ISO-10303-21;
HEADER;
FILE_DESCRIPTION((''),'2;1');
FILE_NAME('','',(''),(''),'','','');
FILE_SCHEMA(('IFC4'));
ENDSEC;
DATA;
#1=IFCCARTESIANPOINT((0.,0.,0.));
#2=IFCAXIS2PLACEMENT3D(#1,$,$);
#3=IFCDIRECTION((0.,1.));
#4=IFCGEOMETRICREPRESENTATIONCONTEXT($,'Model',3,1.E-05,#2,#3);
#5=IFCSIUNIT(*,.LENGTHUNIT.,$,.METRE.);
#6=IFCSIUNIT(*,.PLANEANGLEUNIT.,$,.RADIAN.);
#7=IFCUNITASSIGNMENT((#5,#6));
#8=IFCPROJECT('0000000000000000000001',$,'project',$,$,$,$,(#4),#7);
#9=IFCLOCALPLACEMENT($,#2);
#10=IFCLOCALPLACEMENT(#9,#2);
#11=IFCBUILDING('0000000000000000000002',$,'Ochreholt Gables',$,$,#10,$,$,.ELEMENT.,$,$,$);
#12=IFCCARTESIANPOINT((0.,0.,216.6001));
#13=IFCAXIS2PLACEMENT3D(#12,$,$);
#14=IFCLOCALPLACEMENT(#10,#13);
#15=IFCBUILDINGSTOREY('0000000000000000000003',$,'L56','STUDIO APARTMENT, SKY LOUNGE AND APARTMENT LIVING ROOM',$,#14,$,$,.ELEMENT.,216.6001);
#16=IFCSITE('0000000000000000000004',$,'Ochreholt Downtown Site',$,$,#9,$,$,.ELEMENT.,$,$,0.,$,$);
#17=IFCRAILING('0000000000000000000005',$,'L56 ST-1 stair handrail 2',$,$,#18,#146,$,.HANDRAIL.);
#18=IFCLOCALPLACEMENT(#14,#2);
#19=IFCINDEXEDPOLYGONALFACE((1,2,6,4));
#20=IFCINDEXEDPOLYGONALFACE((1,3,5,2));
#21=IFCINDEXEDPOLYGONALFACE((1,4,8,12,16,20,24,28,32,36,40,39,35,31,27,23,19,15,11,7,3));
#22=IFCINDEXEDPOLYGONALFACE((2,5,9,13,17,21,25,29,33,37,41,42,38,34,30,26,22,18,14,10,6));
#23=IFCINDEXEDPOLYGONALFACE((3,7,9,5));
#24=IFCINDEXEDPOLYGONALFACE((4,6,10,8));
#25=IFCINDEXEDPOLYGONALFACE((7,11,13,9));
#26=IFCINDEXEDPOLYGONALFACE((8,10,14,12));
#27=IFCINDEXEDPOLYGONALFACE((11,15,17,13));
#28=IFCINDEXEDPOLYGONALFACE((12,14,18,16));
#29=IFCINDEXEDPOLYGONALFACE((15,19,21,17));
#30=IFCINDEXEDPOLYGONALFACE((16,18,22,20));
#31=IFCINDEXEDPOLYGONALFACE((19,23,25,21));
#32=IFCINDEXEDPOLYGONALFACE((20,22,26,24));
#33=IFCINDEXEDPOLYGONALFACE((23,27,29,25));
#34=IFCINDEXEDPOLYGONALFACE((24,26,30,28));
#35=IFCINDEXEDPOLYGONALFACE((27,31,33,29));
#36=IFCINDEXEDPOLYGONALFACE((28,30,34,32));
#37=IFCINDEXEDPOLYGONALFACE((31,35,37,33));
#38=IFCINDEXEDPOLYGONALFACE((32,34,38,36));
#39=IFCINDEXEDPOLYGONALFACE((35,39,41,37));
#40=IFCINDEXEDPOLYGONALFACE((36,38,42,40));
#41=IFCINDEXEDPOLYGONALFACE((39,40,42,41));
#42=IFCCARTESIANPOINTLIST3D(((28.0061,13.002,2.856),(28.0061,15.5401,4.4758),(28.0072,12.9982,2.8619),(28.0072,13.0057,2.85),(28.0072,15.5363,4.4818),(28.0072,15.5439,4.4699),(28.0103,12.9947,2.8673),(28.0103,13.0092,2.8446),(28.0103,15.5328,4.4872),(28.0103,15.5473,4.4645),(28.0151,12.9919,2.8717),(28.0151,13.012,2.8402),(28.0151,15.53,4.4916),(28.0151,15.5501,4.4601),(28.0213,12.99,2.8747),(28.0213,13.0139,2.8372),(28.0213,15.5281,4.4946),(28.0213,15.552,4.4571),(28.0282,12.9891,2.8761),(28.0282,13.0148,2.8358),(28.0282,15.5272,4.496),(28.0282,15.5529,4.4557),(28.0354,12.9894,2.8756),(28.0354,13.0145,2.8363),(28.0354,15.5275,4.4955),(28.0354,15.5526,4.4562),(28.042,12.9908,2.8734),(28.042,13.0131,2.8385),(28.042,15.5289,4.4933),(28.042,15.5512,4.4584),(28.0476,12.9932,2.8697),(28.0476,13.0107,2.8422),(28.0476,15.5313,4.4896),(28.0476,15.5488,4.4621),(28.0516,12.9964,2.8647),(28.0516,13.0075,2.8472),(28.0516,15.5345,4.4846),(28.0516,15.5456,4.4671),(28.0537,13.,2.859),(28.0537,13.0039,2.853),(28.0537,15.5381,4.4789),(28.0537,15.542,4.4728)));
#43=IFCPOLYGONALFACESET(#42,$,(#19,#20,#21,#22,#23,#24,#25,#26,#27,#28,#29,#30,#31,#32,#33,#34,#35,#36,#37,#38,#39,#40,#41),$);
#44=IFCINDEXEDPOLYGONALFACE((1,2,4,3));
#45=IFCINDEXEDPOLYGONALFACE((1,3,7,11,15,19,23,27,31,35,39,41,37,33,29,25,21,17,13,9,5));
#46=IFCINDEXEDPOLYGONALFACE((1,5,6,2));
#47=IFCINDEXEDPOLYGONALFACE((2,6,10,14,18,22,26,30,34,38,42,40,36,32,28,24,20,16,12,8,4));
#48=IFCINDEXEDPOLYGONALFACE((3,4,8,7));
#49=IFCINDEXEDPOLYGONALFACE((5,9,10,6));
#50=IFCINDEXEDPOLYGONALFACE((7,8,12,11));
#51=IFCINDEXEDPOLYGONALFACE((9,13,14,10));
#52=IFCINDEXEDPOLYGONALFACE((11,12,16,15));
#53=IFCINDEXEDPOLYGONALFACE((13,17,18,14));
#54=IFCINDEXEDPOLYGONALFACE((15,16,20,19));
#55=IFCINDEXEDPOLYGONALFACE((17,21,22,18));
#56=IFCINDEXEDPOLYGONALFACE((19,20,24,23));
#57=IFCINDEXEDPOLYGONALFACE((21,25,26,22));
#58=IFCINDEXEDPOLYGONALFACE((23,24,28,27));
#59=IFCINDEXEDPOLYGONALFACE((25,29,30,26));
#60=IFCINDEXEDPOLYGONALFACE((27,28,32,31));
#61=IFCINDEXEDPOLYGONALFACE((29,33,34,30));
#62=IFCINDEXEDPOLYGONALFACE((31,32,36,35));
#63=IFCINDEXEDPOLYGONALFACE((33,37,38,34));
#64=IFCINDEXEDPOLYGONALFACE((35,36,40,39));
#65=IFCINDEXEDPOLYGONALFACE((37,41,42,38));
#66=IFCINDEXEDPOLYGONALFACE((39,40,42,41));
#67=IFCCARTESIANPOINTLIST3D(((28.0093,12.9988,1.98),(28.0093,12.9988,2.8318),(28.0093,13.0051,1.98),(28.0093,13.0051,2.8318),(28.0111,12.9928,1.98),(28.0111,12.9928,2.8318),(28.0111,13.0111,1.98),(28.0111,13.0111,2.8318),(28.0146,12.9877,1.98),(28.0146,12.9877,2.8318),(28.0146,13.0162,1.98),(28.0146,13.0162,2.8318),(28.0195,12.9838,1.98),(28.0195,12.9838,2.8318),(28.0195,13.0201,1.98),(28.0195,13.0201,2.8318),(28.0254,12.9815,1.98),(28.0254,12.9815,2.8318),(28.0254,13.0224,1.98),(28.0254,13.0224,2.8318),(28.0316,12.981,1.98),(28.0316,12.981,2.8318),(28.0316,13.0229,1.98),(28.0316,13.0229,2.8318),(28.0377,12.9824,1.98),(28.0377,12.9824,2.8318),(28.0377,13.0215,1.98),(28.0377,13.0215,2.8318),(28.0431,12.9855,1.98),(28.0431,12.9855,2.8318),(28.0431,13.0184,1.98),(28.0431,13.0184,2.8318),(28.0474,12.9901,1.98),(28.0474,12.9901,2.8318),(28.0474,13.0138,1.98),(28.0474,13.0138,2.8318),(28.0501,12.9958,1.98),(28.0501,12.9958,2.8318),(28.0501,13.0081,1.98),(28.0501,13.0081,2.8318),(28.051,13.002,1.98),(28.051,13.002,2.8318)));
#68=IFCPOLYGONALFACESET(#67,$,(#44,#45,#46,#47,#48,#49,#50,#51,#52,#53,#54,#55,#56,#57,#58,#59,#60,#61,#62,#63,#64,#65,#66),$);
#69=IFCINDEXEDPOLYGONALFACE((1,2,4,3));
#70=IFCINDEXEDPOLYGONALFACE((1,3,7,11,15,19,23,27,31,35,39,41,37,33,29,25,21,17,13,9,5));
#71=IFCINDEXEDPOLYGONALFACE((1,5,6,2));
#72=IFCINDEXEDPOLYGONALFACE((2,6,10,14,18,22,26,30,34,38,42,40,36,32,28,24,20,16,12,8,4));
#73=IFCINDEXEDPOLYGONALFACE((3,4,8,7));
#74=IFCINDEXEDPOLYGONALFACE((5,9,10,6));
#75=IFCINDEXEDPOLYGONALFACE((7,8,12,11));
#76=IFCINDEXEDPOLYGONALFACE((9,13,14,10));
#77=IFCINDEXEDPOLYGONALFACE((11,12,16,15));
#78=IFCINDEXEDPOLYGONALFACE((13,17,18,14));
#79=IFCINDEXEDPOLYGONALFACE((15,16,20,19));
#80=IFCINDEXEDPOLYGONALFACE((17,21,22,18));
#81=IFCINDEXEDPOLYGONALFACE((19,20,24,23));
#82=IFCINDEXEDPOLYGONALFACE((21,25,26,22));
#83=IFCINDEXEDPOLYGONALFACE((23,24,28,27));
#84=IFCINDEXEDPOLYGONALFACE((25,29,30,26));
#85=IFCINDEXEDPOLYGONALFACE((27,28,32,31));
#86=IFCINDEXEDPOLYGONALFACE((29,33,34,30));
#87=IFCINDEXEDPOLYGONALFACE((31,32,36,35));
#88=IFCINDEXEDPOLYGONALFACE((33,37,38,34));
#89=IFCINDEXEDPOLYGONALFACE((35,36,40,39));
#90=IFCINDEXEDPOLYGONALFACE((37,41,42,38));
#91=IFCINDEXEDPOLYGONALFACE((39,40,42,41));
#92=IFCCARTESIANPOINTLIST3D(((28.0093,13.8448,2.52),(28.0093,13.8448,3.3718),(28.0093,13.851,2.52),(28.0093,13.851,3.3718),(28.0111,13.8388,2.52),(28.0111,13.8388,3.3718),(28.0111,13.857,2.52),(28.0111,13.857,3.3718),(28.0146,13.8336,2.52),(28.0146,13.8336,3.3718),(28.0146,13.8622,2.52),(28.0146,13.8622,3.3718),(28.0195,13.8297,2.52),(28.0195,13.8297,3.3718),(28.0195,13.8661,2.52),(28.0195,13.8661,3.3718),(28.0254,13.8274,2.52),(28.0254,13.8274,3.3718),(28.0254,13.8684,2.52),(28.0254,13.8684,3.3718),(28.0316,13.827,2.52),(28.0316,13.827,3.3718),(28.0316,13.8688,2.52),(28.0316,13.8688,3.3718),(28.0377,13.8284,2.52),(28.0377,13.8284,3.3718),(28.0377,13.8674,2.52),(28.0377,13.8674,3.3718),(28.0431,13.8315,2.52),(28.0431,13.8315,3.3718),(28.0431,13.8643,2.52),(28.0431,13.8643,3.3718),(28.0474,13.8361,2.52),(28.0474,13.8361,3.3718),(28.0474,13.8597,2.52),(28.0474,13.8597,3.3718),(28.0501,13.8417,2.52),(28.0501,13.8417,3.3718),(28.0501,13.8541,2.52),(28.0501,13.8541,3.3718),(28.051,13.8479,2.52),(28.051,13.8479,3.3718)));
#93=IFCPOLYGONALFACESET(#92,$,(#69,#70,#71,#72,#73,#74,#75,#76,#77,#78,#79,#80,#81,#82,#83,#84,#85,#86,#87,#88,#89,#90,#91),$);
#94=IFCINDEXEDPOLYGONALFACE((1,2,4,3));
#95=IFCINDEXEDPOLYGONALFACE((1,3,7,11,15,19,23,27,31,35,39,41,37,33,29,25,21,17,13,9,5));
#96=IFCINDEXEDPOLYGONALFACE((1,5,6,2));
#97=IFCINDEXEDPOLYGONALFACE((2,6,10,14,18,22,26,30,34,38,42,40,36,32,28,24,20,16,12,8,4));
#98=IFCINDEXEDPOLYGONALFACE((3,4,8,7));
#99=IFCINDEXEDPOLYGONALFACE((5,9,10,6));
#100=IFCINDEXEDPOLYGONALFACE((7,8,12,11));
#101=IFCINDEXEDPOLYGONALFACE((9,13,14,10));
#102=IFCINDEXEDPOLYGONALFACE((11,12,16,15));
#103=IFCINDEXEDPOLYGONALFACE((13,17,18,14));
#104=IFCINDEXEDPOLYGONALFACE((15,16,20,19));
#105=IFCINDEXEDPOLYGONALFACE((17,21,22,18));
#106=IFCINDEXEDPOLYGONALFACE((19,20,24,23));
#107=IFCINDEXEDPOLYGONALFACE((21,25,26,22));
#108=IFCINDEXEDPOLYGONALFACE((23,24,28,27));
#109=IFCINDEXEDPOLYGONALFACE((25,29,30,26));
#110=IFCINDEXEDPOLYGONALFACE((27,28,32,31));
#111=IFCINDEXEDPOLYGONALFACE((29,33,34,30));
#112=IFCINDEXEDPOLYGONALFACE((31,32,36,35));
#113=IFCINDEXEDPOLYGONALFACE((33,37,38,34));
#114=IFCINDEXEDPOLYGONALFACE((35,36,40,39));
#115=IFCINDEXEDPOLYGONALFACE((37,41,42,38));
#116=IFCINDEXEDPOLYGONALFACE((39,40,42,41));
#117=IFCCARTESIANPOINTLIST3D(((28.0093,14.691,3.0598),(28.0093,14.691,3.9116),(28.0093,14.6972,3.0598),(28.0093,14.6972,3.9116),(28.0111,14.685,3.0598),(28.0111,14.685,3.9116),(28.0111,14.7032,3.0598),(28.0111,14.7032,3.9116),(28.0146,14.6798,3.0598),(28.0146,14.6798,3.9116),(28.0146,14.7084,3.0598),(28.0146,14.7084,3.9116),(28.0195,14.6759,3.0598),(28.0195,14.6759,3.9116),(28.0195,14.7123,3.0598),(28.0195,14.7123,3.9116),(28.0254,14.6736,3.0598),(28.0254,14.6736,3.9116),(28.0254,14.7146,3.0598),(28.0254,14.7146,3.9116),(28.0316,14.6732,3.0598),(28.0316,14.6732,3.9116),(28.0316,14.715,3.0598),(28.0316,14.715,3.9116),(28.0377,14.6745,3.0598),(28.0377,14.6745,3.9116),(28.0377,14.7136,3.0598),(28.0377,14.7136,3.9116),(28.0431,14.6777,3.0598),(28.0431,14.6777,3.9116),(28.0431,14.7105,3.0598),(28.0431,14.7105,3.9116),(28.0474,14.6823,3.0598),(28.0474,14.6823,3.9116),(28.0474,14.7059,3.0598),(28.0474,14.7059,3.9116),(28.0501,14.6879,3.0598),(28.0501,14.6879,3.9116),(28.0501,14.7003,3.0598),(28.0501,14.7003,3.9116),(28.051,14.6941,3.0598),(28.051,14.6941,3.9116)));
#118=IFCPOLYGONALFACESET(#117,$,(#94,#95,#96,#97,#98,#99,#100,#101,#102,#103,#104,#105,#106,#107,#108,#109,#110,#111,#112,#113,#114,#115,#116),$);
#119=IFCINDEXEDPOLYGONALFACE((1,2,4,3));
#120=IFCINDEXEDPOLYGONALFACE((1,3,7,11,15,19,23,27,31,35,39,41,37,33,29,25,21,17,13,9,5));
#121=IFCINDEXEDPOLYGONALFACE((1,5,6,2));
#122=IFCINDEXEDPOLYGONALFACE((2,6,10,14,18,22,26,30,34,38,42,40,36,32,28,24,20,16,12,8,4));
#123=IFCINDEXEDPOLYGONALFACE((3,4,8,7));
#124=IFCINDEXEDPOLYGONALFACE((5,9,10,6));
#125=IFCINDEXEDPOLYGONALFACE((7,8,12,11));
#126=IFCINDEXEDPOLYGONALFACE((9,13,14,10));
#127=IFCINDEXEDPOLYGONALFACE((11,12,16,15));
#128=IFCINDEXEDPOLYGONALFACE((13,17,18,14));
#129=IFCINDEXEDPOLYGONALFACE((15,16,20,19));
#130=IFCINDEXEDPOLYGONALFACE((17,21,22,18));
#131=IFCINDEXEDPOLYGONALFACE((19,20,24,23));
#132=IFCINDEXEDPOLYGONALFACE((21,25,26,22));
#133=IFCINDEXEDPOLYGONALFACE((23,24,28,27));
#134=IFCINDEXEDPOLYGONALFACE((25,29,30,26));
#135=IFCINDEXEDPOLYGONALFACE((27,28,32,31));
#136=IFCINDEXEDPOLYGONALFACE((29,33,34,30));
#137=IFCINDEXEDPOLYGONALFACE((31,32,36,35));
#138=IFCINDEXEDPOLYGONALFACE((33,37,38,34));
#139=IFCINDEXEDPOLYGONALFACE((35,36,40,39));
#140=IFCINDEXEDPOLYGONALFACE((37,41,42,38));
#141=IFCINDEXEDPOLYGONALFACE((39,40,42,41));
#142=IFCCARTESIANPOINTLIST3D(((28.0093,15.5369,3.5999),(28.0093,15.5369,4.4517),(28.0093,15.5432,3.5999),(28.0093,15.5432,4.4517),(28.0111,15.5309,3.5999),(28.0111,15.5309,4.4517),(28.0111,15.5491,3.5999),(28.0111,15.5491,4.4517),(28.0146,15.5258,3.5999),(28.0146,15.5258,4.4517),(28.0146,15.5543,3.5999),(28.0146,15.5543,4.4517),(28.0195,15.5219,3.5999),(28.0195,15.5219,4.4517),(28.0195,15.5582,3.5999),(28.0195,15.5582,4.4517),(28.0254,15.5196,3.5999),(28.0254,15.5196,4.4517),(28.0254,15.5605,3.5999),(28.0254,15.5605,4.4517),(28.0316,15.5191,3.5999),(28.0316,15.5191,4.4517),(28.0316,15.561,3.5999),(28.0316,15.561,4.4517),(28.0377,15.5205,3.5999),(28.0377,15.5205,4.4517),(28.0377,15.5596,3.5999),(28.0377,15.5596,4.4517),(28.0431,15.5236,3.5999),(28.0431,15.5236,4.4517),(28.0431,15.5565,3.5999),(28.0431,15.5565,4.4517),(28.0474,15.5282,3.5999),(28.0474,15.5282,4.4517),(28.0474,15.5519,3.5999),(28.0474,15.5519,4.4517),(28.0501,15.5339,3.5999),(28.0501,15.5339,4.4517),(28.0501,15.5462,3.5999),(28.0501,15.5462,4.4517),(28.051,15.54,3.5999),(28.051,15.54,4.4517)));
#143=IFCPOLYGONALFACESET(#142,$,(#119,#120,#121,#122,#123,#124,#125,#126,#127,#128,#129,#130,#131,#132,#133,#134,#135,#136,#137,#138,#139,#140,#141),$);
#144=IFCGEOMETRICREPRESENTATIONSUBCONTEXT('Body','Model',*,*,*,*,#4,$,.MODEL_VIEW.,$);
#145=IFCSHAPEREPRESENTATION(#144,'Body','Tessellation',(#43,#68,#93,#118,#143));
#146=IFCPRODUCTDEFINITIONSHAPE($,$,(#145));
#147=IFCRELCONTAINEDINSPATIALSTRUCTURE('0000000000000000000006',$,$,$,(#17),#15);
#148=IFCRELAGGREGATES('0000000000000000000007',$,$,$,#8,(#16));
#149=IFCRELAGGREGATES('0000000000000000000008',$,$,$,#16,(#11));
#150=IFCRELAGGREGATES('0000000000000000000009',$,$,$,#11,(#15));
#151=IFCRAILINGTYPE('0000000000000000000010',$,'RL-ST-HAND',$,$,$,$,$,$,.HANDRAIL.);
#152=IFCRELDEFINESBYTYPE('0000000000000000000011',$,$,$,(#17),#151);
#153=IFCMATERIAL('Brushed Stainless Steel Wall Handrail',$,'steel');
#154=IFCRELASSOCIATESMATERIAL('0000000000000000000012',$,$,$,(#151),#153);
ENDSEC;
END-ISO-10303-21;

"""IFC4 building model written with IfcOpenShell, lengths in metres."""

from ifc_helpers import new_model, si_unit, direction, frame, origin, origin_2d, place, context, subcontext, project, spatial, circle, extrude, material, type_object, element, save


model = new_model("IFC4")

# Units and contexts
model_context = context("Model", 3, precision=1e-05, world=origin(), true_north=direction((0.0, 1.0)))
body_context = subcontext(model_context, "Body", "Model", "MODEL_VIEW")
ifc_project = project(units=[si_unit("LENGTHUNIT", "METRE"), si_unit("PLANEANGLEUNIT", "RADIAN")], contexts=[model_context])

# Site, building, storey
site_placement = place(None, origin())
site = spatial("IfcSite", under=ifc_project, at=site_placement, Name="Ochreholt Downtown Site", CompositionType="ELEMENT", RefElevation=0.0)
building_placement = place(site_placement, origin())
building = spatial("IfcBuilding", under=site, at=building_placement, Name="Ochreholt Gables", CompositionType="ELEMENT")
storey_placement = place(building_placement, frame((0.0, 0.0, 216.6001)))
storey = spatial("IfcBuildingStorey", under=building, at=storey_placement, Name="L56", Description="STUDIO APARTMENT, SKY LOUNGE AND APARTMENT LIVING ROOM", CompositionType="ELEMENT", Elevation=216.6001)

# Railing
ifc_material_1 = material(Name="Brushed Stainless Steel Wall Handrail", Category="steel")
railing_type_1 = type_object("IfcRailingType", Name="RL-ST-HAND", PredefinedType="HANDRAIL", material=ifc_material_1)
railing_1_placement = place(storey_placement, frame((28.03, 13.002, 1.98)))
element("IfcRailing", 1, at=railing_1_placement, inside=storey, type_object=railing_type_1, Name="L56 ST-1 stair handrail 2", PredefinedType="HANDRAIL", context=body_context, shape_type="SweptSolid", body=[
    extrude(circle(Radius=0.0239, at=origin_2d()), frame((0.0, 0.0, 0.876), z_axis=(0.0, 0.84295, 0.537993), x_axis=(-1.0, 0.0, 0.0)), (0.0, 0.0, 1.0), 3.011),
    extrude(circle(Radius=0.021, at=origin_2d()), origin(), (0.0, 0.0, 1.0), 0.8518),
    extrude(circle(Radius=0.021, at=origin_2d()), frame((0.0, 0.8459, 0.54)), (0.0, 0.0, 1.0), 0.8518),
    extrude(circle(Radius=0.021, at=origin_2d()), frame((0.0, 1.6921, 1.0798)), (0.0, 0.0, 1.0), 0.8518),
    extrude(circle(Radius=0.021, at=origin_2d()), frame((0.0, 2.5381, 1.6199)), (0.0, 0.0, 1.0), 0.8518),
])

save(model, "model.ifc")
